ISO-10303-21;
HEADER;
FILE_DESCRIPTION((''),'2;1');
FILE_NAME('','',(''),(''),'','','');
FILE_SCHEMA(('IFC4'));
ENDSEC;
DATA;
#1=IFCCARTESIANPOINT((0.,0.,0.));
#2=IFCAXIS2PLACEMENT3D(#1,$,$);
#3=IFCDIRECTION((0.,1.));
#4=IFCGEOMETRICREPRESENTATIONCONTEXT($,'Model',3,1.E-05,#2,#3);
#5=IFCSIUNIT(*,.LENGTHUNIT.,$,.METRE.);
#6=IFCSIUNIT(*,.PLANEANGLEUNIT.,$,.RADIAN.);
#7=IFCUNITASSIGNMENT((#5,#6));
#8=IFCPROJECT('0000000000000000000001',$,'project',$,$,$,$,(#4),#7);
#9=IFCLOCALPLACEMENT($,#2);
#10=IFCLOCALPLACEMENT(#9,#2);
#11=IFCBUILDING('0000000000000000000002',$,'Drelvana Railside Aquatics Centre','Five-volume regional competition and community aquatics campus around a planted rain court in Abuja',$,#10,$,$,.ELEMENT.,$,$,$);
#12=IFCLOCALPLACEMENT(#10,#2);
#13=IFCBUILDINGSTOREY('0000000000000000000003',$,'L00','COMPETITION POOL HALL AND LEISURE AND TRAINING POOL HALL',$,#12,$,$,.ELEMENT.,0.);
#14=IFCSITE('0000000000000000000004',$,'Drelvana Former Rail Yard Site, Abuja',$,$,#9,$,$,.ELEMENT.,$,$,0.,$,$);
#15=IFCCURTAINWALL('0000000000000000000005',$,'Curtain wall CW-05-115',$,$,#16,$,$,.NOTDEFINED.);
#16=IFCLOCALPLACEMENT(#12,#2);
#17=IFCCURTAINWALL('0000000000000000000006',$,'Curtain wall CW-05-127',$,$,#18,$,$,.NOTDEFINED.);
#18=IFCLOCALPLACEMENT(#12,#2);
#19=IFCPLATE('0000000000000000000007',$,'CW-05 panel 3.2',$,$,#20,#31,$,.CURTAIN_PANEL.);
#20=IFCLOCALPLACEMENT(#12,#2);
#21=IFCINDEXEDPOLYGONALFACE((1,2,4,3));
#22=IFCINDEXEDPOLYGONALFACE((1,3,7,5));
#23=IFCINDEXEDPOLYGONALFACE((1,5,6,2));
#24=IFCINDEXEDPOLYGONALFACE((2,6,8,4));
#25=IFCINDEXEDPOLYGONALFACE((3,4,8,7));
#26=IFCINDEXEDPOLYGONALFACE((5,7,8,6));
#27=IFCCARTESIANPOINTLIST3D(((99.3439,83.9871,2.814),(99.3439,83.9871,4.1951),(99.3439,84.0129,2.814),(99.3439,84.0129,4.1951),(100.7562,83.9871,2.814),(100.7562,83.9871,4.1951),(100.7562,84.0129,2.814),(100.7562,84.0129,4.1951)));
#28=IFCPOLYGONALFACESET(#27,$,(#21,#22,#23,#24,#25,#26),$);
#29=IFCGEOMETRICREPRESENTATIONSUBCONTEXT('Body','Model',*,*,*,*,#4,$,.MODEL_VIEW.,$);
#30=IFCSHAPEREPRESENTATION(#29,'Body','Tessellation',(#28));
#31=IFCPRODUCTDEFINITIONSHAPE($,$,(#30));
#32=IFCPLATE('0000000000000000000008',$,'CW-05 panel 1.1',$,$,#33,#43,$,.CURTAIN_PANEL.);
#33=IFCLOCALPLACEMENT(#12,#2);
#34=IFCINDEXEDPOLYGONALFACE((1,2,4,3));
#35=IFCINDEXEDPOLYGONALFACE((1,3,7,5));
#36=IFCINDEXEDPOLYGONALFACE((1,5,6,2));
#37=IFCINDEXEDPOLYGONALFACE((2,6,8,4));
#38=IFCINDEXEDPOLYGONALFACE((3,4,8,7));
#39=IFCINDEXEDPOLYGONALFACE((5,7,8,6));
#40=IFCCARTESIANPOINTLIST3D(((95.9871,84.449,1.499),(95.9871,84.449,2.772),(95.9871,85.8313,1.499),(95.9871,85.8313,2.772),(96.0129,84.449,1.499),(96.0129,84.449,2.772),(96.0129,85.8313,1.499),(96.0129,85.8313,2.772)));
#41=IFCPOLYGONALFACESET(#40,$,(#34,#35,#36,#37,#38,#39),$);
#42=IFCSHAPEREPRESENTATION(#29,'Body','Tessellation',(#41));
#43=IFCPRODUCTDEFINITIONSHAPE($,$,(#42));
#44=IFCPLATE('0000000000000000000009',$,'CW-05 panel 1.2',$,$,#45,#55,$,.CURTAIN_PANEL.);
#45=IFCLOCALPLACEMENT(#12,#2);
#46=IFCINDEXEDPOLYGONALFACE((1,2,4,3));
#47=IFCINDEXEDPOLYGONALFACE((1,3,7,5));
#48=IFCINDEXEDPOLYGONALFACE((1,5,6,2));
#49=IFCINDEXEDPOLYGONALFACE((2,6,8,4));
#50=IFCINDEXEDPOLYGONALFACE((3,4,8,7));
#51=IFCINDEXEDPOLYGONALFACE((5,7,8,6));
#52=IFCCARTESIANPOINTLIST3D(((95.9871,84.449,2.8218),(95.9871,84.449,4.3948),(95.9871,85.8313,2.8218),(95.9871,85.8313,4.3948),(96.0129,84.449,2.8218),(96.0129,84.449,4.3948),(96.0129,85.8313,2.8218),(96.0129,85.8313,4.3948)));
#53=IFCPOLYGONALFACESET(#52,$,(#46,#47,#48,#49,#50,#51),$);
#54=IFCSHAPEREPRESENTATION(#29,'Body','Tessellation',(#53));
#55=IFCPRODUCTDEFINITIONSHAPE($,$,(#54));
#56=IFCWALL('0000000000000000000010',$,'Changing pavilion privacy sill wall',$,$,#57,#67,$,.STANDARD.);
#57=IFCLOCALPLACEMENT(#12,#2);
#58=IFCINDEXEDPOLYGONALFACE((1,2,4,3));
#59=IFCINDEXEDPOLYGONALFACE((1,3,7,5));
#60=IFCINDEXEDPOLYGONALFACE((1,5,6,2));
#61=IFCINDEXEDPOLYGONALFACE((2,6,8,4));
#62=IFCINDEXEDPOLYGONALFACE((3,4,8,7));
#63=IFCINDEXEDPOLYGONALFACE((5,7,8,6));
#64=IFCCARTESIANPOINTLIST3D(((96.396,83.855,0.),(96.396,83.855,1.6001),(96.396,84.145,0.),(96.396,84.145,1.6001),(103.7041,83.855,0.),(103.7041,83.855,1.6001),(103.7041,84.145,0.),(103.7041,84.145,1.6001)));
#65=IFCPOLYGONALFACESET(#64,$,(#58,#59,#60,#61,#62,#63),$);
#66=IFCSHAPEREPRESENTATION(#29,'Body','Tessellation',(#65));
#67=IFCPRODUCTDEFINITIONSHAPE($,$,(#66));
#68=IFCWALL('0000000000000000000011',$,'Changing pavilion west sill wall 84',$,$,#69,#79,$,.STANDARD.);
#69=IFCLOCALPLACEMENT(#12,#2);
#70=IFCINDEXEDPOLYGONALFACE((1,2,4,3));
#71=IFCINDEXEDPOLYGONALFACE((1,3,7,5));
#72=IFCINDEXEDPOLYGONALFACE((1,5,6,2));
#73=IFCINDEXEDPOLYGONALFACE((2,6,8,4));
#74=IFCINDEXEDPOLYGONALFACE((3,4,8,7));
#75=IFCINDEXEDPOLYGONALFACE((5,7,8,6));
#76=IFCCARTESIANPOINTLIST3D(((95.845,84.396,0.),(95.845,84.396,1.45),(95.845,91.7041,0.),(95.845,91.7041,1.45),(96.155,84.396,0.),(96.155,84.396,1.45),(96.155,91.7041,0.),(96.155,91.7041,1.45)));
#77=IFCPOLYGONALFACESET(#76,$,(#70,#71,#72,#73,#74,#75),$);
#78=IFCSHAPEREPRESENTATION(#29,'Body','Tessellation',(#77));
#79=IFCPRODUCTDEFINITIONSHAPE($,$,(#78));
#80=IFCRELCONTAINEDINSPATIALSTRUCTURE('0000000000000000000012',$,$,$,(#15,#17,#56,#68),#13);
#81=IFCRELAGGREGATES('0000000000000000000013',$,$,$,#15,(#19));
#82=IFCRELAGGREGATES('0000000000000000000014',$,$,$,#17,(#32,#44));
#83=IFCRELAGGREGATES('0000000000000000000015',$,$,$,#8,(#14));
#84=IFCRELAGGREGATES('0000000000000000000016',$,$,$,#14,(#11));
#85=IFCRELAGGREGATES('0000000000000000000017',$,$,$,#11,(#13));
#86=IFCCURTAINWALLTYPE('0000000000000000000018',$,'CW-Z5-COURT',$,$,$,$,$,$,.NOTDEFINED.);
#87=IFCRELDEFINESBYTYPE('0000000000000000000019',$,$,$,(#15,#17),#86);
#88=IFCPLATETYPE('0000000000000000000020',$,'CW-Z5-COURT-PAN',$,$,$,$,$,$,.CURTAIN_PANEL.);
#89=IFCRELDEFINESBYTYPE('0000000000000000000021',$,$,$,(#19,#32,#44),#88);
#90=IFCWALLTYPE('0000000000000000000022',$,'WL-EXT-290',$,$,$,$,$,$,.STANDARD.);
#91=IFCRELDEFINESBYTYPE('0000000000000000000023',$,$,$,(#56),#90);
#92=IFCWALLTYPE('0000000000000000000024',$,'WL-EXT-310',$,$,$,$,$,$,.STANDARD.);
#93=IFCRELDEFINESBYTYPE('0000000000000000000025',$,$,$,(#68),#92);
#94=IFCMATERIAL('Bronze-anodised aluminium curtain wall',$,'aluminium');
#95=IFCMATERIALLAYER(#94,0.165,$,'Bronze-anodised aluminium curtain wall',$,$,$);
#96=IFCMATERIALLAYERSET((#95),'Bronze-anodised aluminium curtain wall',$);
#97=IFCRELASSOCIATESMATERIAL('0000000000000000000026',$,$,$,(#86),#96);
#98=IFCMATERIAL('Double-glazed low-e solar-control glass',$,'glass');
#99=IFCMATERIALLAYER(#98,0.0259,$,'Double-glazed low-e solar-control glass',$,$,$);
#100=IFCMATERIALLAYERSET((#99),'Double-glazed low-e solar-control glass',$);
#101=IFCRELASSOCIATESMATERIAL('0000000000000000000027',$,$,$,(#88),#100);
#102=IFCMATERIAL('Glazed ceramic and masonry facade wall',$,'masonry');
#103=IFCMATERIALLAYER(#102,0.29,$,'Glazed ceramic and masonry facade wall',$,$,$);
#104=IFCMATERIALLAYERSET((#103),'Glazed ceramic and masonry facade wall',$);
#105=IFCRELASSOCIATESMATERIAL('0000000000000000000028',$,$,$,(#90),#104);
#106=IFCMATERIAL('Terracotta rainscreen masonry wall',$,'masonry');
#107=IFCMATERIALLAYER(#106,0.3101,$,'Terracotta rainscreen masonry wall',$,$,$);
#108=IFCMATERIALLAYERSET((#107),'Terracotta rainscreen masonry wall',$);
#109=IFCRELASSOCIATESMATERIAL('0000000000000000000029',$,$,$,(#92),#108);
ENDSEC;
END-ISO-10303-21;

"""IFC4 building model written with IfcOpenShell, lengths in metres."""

from ifc_helpers import new_model, si_unit, direction, frame, frame_2d, origin, origin_2d, place, context, subcontext, project, spatial, rectangle, extrude, material, layer, layer_set, type_object, element, aggregate, save


model = new_model("IFC4")

# Units and contexts
model_context = context("Model", 3, precision=1e-05, world=origin(), true_north=direction((0.0, 1.0)))
body_context = subcontext(model_context, "Body", "Model", "MODEL_VIEW")
ifc_project = project(units=[si_unit("LENGTHUNIT", "METRE"), si_unit("PLANEANGLEUNIT", "RADIAN")], contexts=[model_context])

# Site, building, storey
site_placement = place(None, origin())
site = spatial("IfcSite", under=ifc_project, at=site_placement, Name="Drelvana Former Rail Yard Site, Abuja", CompositionType="ELEMENT", RefElevation=0.0)
building_placement = place(site_placement, origin())
building = spatial("IfcBuilding", under=site, at=building_placement, Name="Drelvana Railside Aquatics Centre", Description="Five-volume regional competition and community aquatics campus around a planted rain court in Abuja", CompositionType="ELEMENT")
storey_placement = place(building_placement, origin())
storey = spatial("IfcBuildingStorey", under=building, at=storey_placement, Name="L00", Description="COMPETITION POOL HALL AND LEISURE AND TRAINING POOL HALL", CompositionType="ELEMENT", Elevation=0.0)

# Shared definitions
ifc_material_1 = material(Name="Bronze-anodised aluminium curtain wall", Category="aluminium")
ifc_layer_1 = layer(ifc_material_1, 0.165, Name="Bronze-anodised aluminium curtain wall")
ifc_layer_set_1 = layer_set([ifc_layer_1], Name="Bronze-anodised aluminium curtain wall")
curtain_wall_type = type_object("IfcCurtainWallType", Name="CW-Z5-COURT", PredefinedType="NOTDEFINED", material=ifc_layer_set_1)

# Curtain walls
curtain_wall_1_placement = place(storey_placement, origin())
curtain_wall_1 = element("IfcCurtainWall", 1, at=curtain_wall_1_placement, inside=storey, type_object=curtain_wall_type, Name="Curtain wall CW-05-115", PredefinedType="NOTDEFINED")
curtain_wall_2_placement = place(storey_placement, origin())
curtain_wall_2 = element("IfcCurtainWall", 2, at=curtain_wall_2_placement, inside=storey, type_object=curtain_wall_type, Name="Curtain wall CW-05-127", PredefinedType="NOTDEFINED")

# Plates
ifc_material_2 = material(Name="Double-glazed low-e solar-control glass", Category="glass")
ifc_layer_2 = layer(ifc_material_2, 0.0259, Name="Double-glazed low-e solar-control glass")
ifc_layer_set_2 = layer_set([ifc_layer_2], Name="Double-glazed low-e solar-control glass")
plate_type = type_object("IfcPlateType", Name="CW-Z5-COURT-PAN", PredefinedType="CURTAIN_PANEL", material=ifc_layer_set_2)
plate_1_placement = place(storey_placement, frame((100.05, 84.0, 2.814), z_axis=(0.0, 0.0, 1.0), x_axis=(1.0, 0.0, 0.0)))
plate_1 = element("IfcPlate", 3, at=plate_1_placement, type_object=plate_type, Name="CW-05 panel 3.2", PredefinedType="CURTAIN_PANEL", context=body_context, shape_type="SweptSolid", body=[
    extrude(rectangle(XDim=1.4124, YDim=0.0259, at=origin_2d()), origin(), (0.0, 0.0, 1.0), 1.3811),
])
aggregate(curtain_wall_1, [plate_1])
plate_2_placement = place(storey_placement, frame((96.0, 85.1401, 1.499), z_axis=(0.0, 0.0, 1.0), x_axis=(0.0, 1.0, 0.0)))
plate_2 = element("IfcPlate", 4, at=plate_2_placement, type_object=plate_type, Name="CW-05 panel 1.1", PredefinedType="CURTAIN_PANEL", context=body_context, shape_type="SweptSolid", body=[
    extrude(rectangle(XDim=1.3823, YDim=0.0259, at=origin_2d()), origin(), (0.0, 0.0, 1.0), 1.2729),
])
plate_3_placement = place(storey_placement, frame((96.0, 85.1401, 2.8218), z_axis=(0.0, 0.0, 1.0), x_axis=(0.0, 1.0, 0.0)))
plate_3 = element("IfcPlate", 5, at=plate_3_placement, type_object=plate_type, Name="CW-05 panel 1.2", PredefinedType="CURTAIN_PANEL", context=body_context, shape_type="SweptSolid", body=[
    extrude(rectangle(XDim=1.3823, YDim=0.0259, at=origin_2d()), origin(), (0.0, 0.0, 1.0), 1.573),
])
aggregate(curtain_wall_2, [plate_2, plate_3])

# Walls
ifc_material_3 = material(Name="Glazed ceramic and masonry facade wall", Category="masonry")
ifc_layer_3 = layer(ifc_material_3, 0.29, Name="Glazed ceramic and masonry facade wall")
ifc_layer_set_3 = layer_set([ifc_layer_3], Name="Glazed ceramic and masonry facade wall")
wall_type_1 = type_object("IfcWallType", Name="WL-EXT-290", PredefinedType="STANDARD", material=ifc_layer_set_3)
wall_1_placement = place(storey_placement, frame((96.396, 84.0, 0.0), z_axis=(0.0, 0.0, 1.0), x_axis=(1.0, 0.0, 0.0)))
element("IfcWall", 6, at=wall_1_placement, inside=storey, type_object=wall_type_1, Name="Changing pavilion privacy sill wall", PredefinedType="STANDARD", context=body_context, shape_type="SweptSolid", body=[
    extrude(rectangle(XDim=7.3081, YDim=0.29, at=frame_2d((3.6541, 0.0))), origin(), (0.0, 0.0, 1.0), 1.6001),
])
ifc_material_4 = material(Name="Terracotta rainscreen masonry wall", Category="masonry")
ifc_layer_4 = layer(ifc_material_4, 0.3101, Name="Terracotta rainscreen masonry wall")
ifc_layer_set_4 = layer_set([ifc_layer_4], Name="Terracotta rainscreen masonry wall")
wall_type_2 = type_object("IfcWallType", Name="WL-EXT-310", PredefinedType="STANDARD", material=ifc_layer_set_4)
wall_2_placement = place(storey_placement, frame((96.0, 84.396, 0.0), z_axis=(0.0, 0.0, 1.0), x_axis=(0.0, 1.0, 0.0)))
element("IfcWall", 7, at=wall_2_placement, inside=storey, type_object=wall_type_2, Name="Changing pavilion west sill wall 84", PredefinedType="STANDARD", context=body_context, shape_type="SweptSolid", body=[
    extrude(rectangle(XDim=7.3081, YDim=0.3101, at=frame_2d((3.6541, 0.0))), origin(), (0.0, 0.0, 1.0), 1.45),
])

save(model, "model.ifc")
